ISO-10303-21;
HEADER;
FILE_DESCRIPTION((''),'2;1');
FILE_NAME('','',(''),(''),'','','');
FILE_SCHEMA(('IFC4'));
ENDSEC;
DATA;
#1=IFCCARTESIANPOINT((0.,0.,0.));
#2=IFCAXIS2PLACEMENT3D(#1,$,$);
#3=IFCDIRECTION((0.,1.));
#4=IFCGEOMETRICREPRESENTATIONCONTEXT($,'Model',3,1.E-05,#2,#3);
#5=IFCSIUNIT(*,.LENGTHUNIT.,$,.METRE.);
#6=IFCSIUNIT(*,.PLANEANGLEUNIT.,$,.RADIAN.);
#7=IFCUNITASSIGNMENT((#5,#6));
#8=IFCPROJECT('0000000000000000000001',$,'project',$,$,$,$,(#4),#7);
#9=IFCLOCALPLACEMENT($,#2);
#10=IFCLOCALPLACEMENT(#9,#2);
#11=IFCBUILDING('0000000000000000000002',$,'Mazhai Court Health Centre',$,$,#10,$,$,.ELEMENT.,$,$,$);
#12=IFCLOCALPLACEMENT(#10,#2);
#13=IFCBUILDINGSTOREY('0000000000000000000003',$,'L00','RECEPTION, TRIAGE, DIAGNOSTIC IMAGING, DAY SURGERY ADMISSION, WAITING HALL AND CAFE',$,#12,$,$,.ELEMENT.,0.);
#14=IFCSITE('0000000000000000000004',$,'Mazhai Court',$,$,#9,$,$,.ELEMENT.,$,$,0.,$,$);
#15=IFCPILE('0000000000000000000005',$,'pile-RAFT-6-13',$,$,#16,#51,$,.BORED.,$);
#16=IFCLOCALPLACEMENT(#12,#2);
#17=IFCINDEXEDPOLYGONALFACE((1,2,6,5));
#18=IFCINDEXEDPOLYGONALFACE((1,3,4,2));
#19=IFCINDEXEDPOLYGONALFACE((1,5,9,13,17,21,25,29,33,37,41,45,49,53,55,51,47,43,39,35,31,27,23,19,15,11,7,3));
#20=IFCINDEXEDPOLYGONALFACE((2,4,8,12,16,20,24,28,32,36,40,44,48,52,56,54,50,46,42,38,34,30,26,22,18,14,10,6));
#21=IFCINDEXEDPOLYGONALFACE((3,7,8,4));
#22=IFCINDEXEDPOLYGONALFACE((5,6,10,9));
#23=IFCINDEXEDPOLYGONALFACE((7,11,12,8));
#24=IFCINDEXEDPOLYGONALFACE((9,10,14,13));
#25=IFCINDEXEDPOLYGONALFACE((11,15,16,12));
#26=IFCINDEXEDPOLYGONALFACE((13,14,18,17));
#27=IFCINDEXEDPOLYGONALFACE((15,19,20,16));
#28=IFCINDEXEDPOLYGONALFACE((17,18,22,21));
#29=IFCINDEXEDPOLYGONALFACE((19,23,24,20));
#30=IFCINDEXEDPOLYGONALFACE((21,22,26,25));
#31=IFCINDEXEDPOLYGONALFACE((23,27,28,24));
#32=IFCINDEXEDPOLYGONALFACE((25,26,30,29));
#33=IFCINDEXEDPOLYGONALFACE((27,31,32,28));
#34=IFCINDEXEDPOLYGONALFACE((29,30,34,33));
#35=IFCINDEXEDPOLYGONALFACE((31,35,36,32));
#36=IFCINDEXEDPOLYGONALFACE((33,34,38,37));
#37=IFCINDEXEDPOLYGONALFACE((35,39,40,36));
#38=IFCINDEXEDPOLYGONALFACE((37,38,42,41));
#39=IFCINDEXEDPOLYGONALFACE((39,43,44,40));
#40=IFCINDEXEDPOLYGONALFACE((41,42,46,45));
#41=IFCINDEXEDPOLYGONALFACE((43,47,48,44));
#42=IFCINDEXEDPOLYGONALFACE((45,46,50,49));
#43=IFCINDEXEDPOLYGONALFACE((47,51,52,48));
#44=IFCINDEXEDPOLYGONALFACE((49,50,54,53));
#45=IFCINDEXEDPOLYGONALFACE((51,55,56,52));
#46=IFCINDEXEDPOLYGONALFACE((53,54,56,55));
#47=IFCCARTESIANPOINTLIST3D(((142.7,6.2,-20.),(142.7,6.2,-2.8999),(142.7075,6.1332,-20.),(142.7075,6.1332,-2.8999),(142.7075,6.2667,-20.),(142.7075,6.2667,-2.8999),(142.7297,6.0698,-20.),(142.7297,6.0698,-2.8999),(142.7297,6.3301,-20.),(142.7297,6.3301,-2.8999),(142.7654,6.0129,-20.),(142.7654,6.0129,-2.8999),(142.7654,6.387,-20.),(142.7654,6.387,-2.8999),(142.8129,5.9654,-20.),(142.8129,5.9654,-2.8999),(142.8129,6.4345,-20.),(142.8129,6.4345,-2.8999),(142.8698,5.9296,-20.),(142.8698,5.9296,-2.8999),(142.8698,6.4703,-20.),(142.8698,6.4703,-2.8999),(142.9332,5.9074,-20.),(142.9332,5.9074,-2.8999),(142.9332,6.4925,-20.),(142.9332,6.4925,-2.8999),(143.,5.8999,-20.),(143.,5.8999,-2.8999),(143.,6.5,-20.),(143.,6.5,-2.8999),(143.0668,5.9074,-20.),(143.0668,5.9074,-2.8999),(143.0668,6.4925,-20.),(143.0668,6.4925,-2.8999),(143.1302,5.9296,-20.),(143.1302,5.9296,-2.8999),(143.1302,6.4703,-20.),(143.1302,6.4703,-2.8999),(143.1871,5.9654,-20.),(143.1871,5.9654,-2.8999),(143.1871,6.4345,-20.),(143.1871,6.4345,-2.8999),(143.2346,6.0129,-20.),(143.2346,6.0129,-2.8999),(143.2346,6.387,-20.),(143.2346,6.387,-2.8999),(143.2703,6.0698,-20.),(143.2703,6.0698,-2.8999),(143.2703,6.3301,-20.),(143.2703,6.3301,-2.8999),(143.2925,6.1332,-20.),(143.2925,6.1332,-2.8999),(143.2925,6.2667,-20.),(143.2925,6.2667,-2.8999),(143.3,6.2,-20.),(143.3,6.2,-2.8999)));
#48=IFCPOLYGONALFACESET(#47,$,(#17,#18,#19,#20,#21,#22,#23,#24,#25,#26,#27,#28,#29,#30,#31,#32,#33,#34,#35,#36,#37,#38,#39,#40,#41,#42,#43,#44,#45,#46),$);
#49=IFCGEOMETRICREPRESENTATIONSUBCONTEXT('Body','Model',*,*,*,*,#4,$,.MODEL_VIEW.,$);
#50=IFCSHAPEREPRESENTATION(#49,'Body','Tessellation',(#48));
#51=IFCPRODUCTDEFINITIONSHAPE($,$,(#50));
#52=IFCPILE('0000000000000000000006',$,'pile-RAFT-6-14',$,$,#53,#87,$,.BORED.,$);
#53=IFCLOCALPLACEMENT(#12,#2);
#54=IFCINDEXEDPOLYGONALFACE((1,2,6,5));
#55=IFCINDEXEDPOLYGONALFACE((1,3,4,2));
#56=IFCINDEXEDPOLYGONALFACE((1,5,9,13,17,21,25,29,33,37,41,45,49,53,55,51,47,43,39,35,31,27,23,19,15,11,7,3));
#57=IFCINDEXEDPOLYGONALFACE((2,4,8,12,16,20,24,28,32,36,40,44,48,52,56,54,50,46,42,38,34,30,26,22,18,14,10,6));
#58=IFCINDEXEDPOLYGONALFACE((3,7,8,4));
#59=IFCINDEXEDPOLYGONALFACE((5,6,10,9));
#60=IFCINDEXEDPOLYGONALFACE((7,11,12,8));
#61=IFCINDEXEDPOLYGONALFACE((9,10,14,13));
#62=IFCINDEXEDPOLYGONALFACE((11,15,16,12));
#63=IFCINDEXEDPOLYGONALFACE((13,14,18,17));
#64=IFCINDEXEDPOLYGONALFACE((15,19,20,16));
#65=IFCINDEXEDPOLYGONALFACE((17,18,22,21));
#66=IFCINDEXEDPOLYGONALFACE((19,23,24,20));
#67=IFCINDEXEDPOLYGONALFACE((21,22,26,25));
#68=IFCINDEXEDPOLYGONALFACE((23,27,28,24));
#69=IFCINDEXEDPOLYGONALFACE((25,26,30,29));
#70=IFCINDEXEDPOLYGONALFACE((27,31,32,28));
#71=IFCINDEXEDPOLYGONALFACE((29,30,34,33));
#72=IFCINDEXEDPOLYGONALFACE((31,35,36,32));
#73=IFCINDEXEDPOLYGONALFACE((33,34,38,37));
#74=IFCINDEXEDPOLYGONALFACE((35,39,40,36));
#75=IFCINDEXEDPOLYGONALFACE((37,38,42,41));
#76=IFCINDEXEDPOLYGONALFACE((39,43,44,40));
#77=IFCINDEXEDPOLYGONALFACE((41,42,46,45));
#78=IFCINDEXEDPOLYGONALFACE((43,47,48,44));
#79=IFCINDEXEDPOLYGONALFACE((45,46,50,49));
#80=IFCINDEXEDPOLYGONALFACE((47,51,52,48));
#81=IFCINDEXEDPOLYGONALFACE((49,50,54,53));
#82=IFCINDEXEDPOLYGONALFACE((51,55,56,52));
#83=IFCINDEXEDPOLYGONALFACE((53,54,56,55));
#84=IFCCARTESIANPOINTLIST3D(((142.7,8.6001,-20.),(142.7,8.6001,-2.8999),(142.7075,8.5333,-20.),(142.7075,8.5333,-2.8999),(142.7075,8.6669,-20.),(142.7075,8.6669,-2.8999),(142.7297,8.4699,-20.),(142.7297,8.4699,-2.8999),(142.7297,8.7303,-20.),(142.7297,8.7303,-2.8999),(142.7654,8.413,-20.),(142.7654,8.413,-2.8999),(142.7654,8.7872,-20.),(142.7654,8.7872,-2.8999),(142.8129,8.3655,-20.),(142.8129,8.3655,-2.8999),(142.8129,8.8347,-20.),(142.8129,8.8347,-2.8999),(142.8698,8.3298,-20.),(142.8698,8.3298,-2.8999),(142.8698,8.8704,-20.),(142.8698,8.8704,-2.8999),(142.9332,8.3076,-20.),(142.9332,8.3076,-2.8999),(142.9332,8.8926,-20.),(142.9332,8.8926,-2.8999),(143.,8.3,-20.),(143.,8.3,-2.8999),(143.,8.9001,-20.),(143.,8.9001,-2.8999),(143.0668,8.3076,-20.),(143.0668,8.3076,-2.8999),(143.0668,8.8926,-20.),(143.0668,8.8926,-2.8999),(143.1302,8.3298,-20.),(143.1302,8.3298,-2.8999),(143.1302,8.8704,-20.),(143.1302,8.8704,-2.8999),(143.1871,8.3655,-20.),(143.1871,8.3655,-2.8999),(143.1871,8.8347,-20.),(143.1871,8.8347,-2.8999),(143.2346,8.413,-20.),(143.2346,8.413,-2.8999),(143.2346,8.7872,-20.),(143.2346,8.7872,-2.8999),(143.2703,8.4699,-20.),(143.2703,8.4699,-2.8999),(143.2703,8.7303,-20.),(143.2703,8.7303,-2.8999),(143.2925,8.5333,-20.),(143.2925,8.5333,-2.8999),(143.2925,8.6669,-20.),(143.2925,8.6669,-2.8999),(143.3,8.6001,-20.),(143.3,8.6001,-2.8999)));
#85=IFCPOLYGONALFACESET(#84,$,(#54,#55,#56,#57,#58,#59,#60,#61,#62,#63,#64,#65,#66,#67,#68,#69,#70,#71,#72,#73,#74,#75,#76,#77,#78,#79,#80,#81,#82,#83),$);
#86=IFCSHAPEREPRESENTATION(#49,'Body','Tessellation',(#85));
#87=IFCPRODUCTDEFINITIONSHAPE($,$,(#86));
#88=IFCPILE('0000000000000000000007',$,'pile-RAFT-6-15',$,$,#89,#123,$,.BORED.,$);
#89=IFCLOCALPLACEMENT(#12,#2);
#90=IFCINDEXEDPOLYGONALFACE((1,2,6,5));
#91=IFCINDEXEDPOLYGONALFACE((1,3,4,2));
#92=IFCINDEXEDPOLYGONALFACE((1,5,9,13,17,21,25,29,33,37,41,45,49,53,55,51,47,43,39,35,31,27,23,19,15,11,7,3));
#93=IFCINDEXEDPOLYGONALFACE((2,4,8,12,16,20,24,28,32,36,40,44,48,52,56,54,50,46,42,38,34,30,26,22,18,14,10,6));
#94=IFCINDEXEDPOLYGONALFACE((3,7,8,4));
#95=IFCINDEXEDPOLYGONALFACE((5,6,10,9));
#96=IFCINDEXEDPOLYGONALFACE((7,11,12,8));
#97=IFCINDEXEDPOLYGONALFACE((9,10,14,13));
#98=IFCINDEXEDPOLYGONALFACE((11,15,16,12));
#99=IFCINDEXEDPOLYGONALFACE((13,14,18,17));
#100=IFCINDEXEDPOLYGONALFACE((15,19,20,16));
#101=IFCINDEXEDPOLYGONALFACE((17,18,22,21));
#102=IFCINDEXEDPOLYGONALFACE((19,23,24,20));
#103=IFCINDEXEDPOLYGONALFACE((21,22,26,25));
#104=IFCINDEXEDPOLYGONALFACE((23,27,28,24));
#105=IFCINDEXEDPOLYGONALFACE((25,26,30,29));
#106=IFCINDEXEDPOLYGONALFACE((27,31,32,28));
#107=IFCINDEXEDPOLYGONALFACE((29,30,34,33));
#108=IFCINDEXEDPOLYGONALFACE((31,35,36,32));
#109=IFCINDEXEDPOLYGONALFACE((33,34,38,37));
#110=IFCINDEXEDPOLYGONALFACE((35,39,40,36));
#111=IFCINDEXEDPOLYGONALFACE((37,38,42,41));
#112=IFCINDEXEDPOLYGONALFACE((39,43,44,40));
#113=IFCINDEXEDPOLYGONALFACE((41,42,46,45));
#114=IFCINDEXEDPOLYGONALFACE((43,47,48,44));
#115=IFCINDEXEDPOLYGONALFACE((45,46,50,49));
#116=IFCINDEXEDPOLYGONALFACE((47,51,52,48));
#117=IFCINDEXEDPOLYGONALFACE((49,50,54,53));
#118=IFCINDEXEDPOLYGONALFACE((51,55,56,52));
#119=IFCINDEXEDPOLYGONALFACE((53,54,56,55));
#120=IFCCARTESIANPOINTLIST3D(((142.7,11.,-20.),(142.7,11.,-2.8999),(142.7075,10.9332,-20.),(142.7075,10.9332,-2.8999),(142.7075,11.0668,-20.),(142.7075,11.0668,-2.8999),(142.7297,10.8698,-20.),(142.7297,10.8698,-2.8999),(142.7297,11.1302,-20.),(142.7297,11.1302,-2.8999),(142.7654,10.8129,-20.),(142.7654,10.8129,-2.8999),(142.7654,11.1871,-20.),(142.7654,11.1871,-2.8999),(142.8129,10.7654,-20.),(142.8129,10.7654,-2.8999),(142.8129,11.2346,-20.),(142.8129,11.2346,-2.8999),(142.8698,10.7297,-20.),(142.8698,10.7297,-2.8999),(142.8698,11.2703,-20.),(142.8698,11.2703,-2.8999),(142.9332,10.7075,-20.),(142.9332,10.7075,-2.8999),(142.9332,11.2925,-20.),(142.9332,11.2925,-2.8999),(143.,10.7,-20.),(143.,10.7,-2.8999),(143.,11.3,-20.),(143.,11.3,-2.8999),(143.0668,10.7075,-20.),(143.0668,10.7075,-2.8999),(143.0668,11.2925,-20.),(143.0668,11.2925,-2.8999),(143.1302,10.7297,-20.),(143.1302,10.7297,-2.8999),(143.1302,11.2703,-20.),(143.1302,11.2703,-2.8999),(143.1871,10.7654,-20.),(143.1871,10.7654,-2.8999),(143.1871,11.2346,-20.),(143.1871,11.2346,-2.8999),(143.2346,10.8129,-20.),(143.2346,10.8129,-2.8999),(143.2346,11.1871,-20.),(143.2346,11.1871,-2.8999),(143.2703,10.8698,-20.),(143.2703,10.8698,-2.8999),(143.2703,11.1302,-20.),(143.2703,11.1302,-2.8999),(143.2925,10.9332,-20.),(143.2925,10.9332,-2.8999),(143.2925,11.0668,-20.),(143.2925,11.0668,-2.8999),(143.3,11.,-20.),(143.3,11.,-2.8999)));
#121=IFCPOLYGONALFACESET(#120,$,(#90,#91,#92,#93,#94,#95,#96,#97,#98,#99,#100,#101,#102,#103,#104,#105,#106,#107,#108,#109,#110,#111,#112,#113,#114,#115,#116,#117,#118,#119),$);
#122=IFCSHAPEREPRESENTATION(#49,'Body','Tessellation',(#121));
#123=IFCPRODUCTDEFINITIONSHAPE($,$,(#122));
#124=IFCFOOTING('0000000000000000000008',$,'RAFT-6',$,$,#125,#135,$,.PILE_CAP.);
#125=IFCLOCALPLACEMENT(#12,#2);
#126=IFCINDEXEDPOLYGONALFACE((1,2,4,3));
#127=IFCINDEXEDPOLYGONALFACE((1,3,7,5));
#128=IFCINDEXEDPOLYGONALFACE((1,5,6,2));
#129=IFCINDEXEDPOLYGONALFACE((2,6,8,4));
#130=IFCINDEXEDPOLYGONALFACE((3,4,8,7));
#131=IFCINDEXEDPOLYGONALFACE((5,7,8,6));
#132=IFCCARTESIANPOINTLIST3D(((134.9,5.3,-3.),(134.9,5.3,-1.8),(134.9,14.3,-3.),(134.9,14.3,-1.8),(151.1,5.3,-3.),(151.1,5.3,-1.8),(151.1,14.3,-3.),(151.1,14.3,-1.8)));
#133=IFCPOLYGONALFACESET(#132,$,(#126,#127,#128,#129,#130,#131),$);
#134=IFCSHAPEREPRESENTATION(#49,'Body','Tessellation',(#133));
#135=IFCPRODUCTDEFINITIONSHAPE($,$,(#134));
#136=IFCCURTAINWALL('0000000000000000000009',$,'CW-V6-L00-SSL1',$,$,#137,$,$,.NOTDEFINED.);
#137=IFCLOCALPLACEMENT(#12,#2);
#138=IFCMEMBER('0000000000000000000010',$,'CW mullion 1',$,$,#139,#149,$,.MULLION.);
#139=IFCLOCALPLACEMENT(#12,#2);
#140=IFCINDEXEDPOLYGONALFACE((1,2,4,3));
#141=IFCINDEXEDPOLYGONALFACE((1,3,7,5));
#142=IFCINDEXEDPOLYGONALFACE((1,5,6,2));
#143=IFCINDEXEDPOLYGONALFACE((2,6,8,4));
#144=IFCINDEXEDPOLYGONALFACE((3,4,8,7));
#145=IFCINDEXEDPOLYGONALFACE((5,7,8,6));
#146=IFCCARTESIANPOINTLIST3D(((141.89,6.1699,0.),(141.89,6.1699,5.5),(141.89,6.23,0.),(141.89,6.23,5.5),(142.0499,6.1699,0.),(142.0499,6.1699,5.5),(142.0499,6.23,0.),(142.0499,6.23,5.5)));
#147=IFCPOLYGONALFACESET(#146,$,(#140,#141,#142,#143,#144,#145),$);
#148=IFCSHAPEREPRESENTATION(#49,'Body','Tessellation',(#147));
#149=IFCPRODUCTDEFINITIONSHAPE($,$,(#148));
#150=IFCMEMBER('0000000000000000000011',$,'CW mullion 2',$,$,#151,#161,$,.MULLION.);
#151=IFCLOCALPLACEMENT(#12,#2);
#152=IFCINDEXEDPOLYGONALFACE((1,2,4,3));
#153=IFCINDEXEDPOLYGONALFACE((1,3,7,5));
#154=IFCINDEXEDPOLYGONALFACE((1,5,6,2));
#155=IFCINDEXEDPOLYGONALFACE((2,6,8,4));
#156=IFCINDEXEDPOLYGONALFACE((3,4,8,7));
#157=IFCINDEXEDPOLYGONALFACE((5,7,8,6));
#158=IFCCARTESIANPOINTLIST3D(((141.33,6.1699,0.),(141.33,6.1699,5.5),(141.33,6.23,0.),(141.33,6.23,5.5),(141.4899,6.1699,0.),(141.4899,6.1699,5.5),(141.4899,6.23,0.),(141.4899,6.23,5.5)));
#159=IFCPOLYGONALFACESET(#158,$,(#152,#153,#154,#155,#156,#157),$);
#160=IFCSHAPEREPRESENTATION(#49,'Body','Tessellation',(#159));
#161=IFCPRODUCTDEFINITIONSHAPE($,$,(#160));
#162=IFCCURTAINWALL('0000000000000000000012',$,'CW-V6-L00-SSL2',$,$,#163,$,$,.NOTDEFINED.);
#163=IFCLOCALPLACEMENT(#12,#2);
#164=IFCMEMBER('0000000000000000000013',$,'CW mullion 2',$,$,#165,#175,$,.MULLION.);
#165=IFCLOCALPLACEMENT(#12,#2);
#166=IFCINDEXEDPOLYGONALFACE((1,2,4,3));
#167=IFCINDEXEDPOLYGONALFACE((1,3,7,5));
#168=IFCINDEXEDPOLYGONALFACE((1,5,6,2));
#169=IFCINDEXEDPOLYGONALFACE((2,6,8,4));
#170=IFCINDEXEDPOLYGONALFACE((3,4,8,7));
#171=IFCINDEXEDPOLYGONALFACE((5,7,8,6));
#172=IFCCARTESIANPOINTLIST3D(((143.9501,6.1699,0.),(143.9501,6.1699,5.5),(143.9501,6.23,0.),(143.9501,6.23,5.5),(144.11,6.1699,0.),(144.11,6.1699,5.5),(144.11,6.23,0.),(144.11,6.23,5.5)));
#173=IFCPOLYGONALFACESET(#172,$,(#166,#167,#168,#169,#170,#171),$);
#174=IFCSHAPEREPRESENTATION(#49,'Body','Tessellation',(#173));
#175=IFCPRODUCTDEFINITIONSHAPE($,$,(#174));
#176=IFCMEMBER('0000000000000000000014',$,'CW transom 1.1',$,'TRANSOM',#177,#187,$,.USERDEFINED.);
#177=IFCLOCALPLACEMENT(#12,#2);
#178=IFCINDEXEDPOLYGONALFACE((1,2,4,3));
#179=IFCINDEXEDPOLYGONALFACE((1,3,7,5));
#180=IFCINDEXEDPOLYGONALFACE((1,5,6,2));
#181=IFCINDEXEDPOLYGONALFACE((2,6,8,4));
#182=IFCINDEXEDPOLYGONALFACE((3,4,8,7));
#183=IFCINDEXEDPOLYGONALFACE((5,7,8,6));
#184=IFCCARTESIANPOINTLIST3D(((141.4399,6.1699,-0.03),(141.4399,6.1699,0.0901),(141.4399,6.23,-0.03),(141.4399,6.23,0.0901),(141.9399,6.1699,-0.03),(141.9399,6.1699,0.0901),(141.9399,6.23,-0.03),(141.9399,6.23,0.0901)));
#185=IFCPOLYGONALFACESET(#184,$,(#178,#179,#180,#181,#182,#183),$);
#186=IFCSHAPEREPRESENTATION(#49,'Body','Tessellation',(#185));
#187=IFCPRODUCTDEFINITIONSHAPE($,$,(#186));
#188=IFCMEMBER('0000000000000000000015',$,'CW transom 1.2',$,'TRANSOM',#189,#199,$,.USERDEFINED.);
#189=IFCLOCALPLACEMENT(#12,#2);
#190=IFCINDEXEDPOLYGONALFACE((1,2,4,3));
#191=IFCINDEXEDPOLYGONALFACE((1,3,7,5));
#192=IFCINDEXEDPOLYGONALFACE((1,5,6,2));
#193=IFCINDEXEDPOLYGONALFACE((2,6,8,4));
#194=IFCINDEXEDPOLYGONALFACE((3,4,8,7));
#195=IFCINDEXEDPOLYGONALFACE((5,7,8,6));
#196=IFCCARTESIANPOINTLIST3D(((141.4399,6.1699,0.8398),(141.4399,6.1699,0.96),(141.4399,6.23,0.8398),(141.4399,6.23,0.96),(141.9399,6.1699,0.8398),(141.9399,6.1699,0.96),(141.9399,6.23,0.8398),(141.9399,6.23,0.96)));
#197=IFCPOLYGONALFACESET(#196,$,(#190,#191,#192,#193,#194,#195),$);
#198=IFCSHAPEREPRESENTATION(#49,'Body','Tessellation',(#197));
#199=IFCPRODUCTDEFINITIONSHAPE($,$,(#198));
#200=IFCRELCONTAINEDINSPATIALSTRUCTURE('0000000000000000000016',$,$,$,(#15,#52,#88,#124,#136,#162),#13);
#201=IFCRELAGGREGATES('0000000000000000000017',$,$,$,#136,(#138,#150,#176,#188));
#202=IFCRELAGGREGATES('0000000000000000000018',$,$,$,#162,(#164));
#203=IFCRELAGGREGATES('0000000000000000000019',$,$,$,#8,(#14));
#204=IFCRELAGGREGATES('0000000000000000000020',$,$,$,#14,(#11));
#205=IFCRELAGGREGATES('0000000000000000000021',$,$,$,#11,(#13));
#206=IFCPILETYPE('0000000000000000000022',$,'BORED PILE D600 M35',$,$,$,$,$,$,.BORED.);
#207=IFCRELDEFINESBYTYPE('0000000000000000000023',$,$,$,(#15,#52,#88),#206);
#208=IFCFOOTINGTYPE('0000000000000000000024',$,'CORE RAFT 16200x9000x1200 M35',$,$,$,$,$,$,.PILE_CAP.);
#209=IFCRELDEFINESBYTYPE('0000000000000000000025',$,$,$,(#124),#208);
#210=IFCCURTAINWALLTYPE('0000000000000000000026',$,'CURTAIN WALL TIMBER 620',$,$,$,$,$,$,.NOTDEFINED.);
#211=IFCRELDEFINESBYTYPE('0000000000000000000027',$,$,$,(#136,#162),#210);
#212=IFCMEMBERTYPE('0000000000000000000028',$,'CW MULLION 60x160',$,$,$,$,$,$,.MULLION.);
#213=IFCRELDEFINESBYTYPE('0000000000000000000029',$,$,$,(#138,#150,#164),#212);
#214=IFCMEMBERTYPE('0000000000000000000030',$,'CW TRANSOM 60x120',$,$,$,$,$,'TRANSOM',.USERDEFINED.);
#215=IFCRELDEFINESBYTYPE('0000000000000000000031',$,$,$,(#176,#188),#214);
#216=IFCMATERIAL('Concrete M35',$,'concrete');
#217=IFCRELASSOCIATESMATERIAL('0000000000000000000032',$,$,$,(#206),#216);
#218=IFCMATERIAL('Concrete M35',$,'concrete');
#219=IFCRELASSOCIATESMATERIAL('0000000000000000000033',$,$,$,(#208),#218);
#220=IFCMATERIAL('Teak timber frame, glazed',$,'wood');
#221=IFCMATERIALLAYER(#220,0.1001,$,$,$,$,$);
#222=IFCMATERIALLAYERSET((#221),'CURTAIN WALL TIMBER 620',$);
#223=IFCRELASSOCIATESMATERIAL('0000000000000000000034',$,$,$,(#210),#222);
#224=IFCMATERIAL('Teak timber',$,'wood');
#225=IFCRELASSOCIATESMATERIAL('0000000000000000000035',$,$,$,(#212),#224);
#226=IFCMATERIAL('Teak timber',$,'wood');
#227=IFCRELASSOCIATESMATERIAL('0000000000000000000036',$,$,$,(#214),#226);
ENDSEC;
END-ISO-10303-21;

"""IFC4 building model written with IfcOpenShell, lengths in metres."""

from ifc_helpers import new_model, si_unit, direction, frame, origin, origin_2d, place, context, subcontext, project, spatial, rectangle, circle, extrude, material, layer, layer_set, material_profile, profile_set, type_object, element, aggregate, save


model = new_model("IFC4")

# Units and contexts
model_context = context("Model", 3, precision=1e-05, world=origin(), true_north=direction((0.0, 1.0)))
body_context = subcontext(model_context, "Body", "Model", "MODEL_VIEW")
ifc_project = project(units=[si_unit("LENGTHUNIT", "METRE"), si_unit("PLANEANGLEUNIT", "RADIAN")], contexts=[model_context])

# Site, building, storey
site_placement = place(None, origin())
site = spatial("IfcSite", under=ifc_project, at=site_placement, Name="Mazhai Court", CompositionType="ELEMENT", RefElevation=0.0)
building_placement = place(site_placement, origin())
building = spatial("IfcBuilding", under=site, at=building_placement, Name="Mazhai Court Health Centre", CompositionType="ELEMENT")
storey_placement = place(building_placement, origin())
storey = spatial("IfcBuildingStorey", under=building, at=storey_placement, Name="L00", Description="RECEPTION, TRIAGE, DIAGNOSTIC IMAGING, DAY SURGERY ADMISSION, WAITING HALL AND CAFE", CompositionType="ELEMENT", Elevation=0.0)

# Piles
ifc_material_1 = material(Name="Concrete M35", Category="concrete")
ifc_material_profile_1 = material_profile(ifc_material_1, circle(Radius=0.3, at=origin_2d()), Name="RC PILE D600")
ifc_profile_set_1 = profile_set([ifc_material_profile_1], Name="Concrete M35")
pile_type = type_object("IfcPileType", Name="BORED PILE D600 M35", PredefinedType="BORED", material=ifc_profile_set_1)
for number, where, z_axis, x_axis, name in (
    (1, (143.0, 6.2, -2.8999), (0.0, 0.0, -1.0), (1.0, 0.0, 0.0), "pile-RAFT-6-13"),
    (2, (143.0, 8.6001, -2.8999), (0.0, 0.0, -1.0), (1.0, 0.0, 0.0), "pile-RAFT-6-14"),
    (3, (143.0, 11.0, -2.8999), (0.0, 0.0, -1.0), (1.0, 0.0, 0.0), "pile-RAFT-6-15"),
):
    element("IfcPile", number, at=place(storey_placement, frame(where, z_axis=z_axis, x_axis=x_axis)), inside=storey, type_object=pile_type, Name=name, PredefinedType="BORED", context=body_context, shape_type="SweptSolid", body=[
        extrude(circle(Radius=0.3, at=origin_2d()), origin(), (0.0, 0.0, 1.0), 17.1001),
    ])

# Footing
ifc_material_2 = material(Name="Concrete M35", Category="concrete")
footing_type = type_object("IfcFootingType", Name="CORE RAFT 16200x9000x1200 M35", PredefinedType="PILE_CAP", material=ifc_material_2)
footing_placement = place(storey_placement, frame((143.0, 9.8, -3.0), z_axis=(0.0, 0.0, 1.0), x_axis=(1.0, 0.0, 0.0)))
element("IfcFooting", 4, at=footing_placement, inside=storey, type_object=footing_type, Name="RAFT-6", PredefinedType="PILE_CAP", context=body_context, shape_type="SweptSolid", body=[
    extrude(rectangle(XDim=16.2, YDim=9.0, at=origin_2d()), origin(), (0.0, 0.0, 1.0), 1.2),
])

# Curtain wall, members
ifc_material_3 = material(Name="Teak timber frame, glazed", Category="wood")
ifc_layer_1 = layer(ifc_material_3, 0.1001)
ifc_layer_set_1 = layer_set([ifc_layer_1], Name="CURTAIN WALL TIMBER 620")
curtain_wall_type = type_object("IfcCurtainWallType", Name="CURTAIN WALL TIMBER 620", PredefinedType="NOTDEFINED", material=ifc_layer_set_1)
curtain_wall_1_placement = place(storey_placement, origin())
curtain_wall_1 = element("IfcCurtainWall", 5, at=curtain_wall_1_placement, inside=storey, type_object=curtain_wall_type, Name="CW-V6-L00-SSL1", PredefinedType="NOTDEFINED")
ifc_material_4 = material(Name="Teak timber", Category="wood")
ifc_material_profile_2 = material_profile(ifc_material_4, rectangle(XDim=0.0601, YDim=0.1599, at=origin_2d()), Name="CW MULLION 60x160")
ifc_profile_set_2 = profile_set([ifc_material_profile_2], Name="Teak timber")
member_type_1 = type_object("IfcMemberType", Name="CW MULLION 60x160", PredefinedType="MULLION", material=ifc_profile_set_2)
member_1_placement = place(storey_placement, frame((141.97, 6.2, 0.0), z_axis=(0.0, 0.0, 1.0), x_axis=(0.0, -1.0, 0.0)))
member_1 = element("IfcMember", 6, at=member_1_placement, type_object=member_type_1, Name="CW mullion 1", PredefinedType="MULLION", context=body_context, shape_type="SweptSolid", body=[
    extrude(rectangle(XDim=0.0601, YDim=0.1599, at=origin_2d()), origin(), (0.0, 0.0, 1.0), 5.5),
])
member_2_placement = place(storey_placement, frame((141.4099, 6.2, 0.0), z_axis=(0.0, 0.0, 1.0), x_axis=(0.0, -1.0, 0.0)))
member_2 = element("IfcMember", 7, at=member_2_placement, type_object=member_type_1, Name="CW mullion 2", PredefinedType="MULLION", context=body_context, shape_type="SweptSolid", body=[
    extrude(rectangle(XDim=0.0601, YDim=0.1599, at=origin_2d()), origin(), (0.0, 0.0, 1.0), 5.5),
])

# Curtain wall, member
curtain_wall_2_placement = place(storey_placement, origin())
curtain_wall_2 = element("IfcCurtainWall", 8, at=curtain_wall_2_placement, inside=storey, type_object=curtain_wall_type, Name="CW-V6-L00-SSL2", PredefinedType="NOTDEFINED")
member_3_placement = place(storey_placement, frame((144.03, 6.2, 0.0), z_axis=(0.0, 0.0, 1.0), x_axis=(0.0, -1.0, 0.0)))
member_3 = element("IfcMember", 9, at=member_3_placement, type_object=member_type_1, Name="CW mullion 2", PredefinedType="MULLION", context=body_context, shape_type="SweptSolid", body=[
    extrude(rectangle(XDim=0.0601, YDim=0.1599, at=origin_2d()), origin(), (0.0, 0.0, 1.0), 5.5),
])

# Members
ifc_material_5 = material(Name="Teak timber", Category="wood")
ifc_material_profile_3 = material_profile(ifc_material_5, rectangle(XDim=0.0601, YDim=0.1201, at=origin_2d()), Name="CW TRANSOM 60x120")
ifc_profile_set_3 = profile_set([ifc_material_profile_3], Name="Teak timber")
member_type_2 = type_object("IfcMemberType", Name="CW TRANSOM 60x120", ElementType="TRANSOM", PredefinedType="USERDEFINED", material=ifc_profile_set_3)
member_4_placement = place(storey_placement, frame((141.9399, 6.2, 0.03), z_axis=(-1.0, 0.0, 0.0), x_axis=(0.0, -1.0, 0.0)))
member_4 = element("IfcMember", 10, at=member_4_placement, type_object=member_type_2, Name="CW transom 1.1", ObjectType="TRANSOM", PredefinedType="USERDEFINED", context=body_context, shape_type="SweptSolid", body=[
    extrude(rectangle(XDim=0.0601, YDim=0.1201, at=origin_2d()), origin(), (0.0, 0.0, 1.0), 0.5),
])
member_5_placement = place(storey_placement, frame((141.9399, 6.2, 0.8999), z_axis=(-1.0, 0.0, 0.0), x_axis=(0.0, -1.0, 0.0)))
member_5 = element("IfcMember", 11, at=member_5_placement, type_object=member_type_2, Name="CW transom 1.2", ObjectType="TRANSOM", PredefinedType="USERDEFINED", context=body_context, shape_type="SweptSolid", body=[
    extrude(rectangle(XDim=0.0601, YDim=0.1201, at=origin_2d()), origin(), (0.0, 0.0, 1.0), 0.5),
])

aggregate(curtain_wall_1, [member_1, member_2, member_4, member_5])
aggregate(curtain_wall_2, [member_3])

save(model, "model.ifc")
